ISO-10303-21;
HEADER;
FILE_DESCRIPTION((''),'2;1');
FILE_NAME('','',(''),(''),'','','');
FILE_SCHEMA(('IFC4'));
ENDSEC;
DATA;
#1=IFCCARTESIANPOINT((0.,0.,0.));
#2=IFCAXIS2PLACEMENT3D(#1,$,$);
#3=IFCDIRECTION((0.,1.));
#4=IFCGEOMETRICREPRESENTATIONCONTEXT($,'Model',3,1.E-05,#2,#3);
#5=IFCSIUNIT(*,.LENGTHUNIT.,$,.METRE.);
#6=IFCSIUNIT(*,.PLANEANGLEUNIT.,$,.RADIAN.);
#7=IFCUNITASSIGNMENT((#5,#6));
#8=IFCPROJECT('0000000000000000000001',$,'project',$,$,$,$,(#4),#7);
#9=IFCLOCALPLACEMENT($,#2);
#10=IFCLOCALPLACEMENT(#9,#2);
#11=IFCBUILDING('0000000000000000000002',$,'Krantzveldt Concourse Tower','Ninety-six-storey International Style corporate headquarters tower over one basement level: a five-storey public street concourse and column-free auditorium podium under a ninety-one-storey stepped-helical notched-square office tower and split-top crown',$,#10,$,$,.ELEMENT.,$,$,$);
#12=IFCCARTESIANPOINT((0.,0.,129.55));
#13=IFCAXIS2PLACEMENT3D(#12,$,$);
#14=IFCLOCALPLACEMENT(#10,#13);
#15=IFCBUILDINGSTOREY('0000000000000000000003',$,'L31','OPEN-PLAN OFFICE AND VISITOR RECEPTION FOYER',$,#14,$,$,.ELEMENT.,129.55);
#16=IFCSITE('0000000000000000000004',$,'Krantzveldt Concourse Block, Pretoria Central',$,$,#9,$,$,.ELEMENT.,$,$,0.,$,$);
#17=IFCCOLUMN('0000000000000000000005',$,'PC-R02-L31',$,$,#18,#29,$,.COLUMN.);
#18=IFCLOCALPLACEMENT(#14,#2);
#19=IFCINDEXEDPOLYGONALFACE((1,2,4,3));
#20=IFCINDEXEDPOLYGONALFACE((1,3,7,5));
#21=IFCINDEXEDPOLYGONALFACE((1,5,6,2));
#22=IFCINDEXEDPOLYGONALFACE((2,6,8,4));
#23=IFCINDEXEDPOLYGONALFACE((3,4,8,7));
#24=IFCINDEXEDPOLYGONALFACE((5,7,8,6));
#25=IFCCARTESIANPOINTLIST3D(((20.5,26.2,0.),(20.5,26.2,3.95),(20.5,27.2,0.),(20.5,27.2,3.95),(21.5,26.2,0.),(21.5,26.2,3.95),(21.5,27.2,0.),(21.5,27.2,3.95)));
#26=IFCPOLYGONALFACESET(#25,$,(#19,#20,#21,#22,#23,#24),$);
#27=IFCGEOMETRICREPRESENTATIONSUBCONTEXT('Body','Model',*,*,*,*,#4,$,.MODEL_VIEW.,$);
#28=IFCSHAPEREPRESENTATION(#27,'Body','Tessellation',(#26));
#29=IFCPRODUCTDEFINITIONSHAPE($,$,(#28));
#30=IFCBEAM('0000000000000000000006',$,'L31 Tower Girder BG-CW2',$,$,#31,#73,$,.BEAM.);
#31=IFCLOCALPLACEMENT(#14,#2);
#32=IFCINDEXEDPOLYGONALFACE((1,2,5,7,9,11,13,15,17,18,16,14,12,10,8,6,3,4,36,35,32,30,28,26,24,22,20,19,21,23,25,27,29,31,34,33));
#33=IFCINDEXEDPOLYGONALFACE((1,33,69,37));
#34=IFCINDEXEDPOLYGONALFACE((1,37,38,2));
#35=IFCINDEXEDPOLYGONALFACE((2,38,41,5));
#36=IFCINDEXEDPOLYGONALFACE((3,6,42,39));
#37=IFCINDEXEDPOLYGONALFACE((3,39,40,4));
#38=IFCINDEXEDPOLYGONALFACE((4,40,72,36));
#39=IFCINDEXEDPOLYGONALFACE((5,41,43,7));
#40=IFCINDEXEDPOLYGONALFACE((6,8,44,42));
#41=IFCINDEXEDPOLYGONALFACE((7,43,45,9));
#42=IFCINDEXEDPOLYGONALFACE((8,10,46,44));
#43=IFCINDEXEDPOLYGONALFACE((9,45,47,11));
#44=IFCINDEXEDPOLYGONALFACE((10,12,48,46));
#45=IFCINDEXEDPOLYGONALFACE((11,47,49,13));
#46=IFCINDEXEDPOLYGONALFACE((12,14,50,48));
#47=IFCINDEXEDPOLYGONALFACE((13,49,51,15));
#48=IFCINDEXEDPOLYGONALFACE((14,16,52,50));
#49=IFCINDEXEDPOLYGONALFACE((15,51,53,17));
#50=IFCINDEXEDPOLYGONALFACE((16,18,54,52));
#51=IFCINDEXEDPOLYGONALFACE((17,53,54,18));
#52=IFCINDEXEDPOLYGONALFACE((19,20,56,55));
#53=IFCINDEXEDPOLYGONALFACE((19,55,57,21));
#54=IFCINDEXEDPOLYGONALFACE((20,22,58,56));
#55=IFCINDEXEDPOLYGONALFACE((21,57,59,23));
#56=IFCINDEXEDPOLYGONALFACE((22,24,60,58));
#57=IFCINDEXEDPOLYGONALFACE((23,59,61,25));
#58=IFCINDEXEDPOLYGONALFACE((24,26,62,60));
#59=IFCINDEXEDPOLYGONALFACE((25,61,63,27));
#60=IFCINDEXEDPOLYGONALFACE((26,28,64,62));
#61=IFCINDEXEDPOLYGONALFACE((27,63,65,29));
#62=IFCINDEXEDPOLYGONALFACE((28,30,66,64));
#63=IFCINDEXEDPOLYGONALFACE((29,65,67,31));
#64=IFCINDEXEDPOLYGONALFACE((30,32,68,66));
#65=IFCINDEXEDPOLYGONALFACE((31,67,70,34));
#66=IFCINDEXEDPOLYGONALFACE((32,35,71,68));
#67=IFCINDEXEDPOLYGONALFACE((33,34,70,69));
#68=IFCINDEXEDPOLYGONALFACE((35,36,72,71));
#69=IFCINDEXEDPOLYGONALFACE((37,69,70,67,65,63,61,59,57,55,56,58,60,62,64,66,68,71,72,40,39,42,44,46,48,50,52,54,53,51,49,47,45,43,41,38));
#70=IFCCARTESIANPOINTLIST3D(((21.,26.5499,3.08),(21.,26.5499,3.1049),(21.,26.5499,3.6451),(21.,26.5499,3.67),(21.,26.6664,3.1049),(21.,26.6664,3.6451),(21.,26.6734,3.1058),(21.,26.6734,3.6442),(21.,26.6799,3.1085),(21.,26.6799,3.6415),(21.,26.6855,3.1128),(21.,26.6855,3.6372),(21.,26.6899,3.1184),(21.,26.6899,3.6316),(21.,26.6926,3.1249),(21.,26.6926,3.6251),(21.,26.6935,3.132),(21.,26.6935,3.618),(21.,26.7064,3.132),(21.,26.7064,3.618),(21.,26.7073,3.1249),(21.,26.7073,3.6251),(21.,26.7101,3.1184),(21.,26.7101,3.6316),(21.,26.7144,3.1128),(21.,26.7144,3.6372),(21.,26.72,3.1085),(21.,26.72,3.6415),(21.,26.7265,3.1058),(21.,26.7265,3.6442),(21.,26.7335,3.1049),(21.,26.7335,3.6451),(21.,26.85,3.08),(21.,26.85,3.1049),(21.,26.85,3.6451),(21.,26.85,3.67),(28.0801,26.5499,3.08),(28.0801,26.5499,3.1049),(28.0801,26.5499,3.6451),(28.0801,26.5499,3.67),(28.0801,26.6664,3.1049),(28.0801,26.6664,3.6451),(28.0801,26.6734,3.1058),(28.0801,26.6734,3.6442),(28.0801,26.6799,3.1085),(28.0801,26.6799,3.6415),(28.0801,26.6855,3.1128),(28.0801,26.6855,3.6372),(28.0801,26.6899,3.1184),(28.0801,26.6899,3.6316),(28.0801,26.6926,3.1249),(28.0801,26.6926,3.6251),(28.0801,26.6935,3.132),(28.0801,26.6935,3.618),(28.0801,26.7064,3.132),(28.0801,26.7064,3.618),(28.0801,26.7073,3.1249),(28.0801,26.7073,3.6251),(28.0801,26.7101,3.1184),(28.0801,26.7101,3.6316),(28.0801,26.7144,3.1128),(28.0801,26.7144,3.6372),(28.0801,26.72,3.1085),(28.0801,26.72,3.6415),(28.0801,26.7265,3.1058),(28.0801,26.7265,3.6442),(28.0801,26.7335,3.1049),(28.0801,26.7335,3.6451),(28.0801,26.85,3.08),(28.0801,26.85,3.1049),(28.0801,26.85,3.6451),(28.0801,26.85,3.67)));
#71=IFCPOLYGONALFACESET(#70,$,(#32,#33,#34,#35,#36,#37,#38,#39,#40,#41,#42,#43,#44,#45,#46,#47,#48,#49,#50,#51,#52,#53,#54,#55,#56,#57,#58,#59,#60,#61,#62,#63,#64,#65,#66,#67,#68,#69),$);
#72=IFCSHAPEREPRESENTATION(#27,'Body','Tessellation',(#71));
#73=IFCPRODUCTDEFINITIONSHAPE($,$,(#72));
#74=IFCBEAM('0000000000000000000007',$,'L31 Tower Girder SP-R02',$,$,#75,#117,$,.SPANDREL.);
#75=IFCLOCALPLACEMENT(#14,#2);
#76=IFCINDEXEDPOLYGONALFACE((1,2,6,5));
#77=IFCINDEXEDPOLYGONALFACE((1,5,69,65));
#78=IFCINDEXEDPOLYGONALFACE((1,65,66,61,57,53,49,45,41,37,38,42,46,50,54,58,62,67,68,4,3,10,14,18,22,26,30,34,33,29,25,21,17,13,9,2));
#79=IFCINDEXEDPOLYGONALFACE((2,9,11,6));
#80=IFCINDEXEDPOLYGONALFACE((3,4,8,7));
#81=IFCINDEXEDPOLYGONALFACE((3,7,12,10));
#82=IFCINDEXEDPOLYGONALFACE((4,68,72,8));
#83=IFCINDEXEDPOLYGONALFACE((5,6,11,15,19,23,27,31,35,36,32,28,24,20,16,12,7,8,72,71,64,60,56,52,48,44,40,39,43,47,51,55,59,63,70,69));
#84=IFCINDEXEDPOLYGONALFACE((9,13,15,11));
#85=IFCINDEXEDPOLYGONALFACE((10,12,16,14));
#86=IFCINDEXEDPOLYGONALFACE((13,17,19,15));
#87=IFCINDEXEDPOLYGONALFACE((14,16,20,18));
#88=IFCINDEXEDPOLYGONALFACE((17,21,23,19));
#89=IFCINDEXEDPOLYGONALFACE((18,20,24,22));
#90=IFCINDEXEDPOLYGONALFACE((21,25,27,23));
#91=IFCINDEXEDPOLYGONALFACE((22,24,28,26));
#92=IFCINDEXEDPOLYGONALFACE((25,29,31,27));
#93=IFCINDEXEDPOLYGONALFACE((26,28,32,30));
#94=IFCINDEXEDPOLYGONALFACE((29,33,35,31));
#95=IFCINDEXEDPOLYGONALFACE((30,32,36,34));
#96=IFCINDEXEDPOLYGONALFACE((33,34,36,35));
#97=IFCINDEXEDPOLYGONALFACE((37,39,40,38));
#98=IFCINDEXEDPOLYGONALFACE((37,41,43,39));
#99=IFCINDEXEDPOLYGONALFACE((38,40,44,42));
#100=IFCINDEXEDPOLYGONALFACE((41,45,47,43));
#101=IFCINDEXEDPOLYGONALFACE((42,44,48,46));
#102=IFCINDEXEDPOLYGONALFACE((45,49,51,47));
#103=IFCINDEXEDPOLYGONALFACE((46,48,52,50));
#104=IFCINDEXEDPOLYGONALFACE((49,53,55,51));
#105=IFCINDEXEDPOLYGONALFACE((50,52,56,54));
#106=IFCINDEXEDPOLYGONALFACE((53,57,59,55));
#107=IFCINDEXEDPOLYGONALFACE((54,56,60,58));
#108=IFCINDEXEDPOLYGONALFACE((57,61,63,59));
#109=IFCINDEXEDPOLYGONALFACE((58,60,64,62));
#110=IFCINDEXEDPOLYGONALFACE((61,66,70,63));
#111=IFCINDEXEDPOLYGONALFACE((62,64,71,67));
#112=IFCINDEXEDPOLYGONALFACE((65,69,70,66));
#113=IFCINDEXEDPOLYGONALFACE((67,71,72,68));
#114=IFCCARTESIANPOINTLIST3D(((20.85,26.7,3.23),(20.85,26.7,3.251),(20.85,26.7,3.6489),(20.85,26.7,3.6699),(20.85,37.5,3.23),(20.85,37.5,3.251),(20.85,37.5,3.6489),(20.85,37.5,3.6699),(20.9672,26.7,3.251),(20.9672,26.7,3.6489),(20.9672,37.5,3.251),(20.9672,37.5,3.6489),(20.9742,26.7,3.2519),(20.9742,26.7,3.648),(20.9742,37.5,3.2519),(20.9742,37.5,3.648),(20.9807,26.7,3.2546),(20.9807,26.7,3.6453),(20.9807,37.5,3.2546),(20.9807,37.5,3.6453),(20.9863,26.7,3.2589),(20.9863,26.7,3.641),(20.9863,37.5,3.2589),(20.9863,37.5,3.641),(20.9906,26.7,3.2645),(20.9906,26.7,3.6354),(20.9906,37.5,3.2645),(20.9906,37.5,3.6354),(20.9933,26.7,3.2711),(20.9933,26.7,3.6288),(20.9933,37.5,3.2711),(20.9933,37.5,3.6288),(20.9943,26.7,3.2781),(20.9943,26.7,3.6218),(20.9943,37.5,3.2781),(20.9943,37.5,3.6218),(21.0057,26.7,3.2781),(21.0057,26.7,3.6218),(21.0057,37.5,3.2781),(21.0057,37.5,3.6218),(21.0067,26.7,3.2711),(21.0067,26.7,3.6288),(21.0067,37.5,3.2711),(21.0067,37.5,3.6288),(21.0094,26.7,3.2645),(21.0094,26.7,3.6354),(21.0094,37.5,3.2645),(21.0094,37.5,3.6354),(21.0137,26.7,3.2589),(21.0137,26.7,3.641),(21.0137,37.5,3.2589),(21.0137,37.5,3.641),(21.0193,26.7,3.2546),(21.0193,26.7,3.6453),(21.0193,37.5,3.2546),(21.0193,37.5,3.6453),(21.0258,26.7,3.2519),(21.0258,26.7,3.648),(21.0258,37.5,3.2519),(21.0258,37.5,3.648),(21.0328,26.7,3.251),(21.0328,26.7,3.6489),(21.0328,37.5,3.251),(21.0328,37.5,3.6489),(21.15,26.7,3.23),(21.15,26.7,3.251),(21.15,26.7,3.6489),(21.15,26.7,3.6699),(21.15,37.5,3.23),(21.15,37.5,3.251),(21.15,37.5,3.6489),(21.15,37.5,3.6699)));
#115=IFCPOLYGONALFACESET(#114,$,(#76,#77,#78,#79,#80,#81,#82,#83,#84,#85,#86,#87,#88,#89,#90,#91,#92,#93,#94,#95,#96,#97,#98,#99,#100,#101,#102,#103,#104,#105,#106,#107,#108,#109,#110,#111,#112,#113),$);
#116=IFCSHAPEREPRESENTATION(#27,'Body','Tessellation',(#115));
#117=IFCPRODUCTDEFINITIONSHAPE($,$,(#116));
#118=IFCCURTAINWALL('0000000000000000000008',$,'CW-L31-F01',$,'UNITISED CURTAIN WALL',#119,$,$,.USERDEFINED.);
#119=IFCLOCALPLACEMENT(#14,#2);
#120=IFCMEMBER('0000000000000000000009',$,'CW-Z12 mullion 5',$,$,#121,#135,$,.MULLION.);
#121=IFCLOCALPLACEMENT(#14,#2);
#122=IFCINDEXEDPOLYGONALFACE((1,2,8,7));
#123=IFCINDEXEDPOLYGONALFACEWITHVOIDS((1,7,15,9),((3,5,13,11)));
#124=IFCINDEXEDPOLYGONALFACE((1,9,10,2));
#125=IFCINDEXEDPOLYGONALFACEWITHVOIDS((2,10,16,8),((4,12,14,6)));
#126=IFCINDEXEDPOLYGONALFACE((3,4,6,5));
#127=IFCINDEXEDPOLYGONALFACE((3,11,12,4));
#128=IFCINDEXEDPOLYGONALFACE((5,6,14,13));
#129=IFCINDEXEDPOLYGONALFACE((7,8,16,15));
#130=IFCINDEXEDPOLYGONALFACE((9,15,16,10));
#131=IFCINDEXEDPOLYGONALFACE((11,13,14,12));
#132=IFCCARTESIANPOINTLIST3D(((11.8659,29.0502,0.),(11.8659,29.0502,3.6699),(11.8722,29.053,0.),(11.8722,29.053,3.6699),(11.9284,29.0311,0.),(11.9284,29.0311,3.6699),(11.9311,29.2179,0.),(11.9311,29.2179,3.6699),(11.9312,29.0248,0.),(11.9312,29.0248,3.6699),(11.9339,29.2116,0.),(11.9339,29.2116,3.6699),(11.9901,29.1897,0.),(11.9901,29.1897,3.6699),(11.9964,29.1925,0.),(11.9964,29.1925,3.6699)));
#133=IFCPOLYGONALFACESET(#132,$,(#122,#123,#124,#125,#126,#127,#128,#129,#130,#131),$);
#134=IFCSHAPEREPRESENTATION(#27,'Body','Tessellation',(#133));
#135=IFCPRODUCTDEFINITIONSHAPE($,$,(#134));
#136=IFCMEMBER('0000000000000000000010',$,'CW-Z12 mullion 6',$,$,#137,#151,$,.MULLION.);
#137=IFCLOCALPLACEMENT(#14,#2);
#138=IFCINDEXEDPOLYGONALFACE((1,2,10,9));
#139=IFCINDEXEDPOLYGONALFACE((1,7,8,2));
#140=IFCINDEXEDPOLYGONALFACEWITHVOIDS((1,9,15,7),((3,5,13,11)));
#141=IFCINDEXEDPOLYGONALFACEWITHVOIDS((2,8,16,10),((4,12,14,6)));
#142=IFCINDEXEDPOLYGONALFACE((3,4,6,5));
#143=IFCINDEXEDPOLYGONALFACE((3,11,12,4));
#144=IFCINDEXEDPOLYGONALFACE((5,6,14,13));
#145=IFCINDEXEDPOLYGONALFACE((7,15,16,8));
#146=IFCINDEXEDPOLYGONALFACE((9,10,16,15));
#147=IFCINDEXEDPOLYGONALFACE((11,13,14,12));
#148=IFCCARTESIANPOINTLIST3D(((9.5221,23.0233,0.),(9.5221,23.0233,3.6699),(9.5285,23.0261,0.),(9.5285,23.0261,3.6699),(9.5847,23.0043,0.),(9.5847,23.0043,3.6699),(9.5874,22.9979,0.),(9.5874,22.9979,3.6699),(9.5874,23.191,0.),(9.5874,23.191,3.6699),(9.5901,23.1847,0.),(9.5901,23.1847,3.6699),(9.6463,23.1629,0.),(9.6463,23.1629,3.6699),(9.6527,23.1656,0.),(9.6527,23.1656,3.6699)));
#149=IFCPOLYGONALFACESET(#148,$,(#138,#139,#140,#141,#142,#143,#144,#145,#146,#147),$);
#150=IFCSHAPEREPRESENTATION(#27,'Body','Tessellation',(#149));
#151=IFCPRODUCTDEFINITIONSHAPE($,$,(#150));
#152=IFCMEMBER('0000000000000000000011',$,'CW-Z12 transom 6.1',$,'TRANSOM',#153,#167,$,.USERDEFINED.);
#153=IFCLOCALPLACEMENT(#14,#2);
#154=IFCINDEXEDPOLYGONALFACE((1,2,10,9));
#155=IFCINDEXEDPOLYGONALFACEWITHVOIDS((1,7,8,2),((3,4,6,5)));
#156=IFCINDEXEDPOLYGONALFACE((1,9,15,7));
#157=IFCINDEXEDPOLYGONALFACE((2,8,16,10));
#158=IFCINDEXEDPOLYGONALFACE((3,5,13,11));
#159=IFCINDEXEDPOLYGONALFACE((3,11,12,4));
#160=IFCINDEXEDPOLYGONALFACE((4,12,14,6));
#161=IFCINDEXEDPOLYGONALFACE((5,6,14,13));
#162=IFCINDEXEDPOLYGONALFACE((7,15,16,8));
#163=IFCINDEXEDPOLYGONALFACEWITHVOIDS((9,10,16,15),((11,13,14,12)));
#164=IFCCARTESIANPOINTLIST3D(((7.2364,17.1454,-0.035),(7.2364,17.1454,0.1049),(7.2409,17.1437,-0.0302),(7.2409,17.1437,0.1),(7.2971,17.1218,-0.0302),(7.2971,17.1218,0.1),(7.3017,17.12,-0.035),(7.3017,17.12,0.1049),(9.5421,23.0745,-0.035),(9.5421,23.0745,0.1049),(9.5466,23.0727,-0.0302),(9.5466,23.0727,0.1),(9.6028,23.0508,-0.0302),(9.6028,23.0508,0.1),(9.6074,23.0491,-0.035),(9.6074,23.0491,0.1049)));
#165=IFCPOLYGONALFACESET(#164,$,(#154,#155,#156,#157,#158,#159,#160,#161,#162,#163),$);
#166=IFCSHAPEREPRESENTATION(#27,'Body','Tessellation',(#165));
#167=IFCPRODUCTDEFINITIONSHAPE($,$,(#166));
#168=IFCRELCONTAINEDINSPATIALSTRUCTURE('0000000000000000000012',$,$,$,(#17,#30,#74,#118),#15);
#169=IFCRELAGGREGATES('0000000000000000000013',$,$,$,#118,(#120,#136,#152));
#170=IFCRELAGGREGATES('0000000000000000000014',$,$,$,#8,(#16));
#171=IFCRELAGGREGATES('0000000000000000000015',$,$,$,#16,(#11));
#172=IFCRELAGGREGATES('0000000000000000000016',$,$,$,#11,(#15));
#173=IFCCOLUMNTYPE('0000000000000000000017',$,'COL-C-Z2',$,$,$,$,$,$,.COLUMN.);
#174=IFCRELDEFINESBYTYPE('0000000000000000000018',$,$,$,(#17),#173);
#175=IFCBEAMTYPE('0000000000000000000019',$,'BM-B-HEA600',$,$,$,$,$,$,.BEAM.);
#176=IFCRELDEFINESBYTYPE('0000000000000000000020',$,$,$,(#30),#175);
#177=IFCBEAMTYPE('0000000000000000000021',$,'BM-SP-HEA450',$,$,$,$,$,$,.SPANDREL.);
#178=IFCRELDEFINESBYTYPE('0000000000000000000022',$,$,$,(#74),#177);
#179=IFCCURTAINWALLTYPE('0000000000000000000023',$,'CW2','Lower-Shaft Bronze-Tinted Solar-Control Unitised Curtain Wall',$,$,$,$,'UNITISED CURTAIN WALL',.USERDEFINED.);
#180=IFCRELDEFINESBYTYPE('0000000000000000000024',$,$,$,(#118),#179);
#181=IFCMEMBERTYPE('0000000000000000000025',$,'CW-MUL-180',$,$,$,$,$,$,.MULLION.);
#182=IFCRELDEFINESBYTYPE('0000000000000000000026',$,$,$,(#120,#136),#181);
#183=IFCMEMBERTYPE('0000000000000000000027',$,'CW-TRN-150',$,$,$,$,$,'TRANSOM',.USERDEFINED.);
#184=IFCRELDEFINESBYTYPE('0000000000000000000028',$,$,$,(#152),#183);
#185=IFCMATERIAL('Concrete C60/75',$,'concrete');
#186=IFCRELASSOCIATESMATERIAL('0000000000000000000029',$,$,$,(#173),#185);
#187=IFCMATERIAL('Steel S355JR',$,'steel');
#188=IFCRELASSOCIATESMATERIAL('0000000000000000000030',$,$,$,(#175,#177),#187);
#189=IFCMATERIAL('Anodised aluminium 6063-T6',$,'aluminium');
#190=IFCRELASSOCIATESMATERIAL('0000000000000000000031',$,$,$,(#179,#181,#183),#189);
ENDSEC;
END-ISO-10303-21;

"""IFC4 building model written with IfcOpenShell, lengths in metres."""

from ifc_helpers import new_model, si_unit, direction, frame, origin, origin_2d, place, context, subcontext, project, spatial, rectangle, hollow_rectangle, i_section, extrude, source, transform, mapped, material, material_profile, profile_set, type_object, type_shapes, element, aggregate, save


model = new_model("IFC4")

# Units and contexts
model_context = context("Model", 3, precision=1e-05, world=origin(), true_north=direction((0.0, 1.0)))
body_context = subcontext(model_context, "Body", "Model", "MODEL_VIEW")
ifc_project = project(units=[si_unit("LENGTHUNIT", "METRE"), si_unit("PLANEANGLEUNIT", "RADIAN")], contexts=[model_context])

# Site, building, storey
site_placement = place(None, origin())
site = spatial("IfcSite", under=ifc_project, at=site_placement, Name="Krantzveldt Concourse Block, Pretoria Central", CompositionType="ELEMENT", RefElevation=0.0)
building_placement = place(site_placement, origin())
building = spatial("IfcBuilding", under=site, at=building_placement, Name="Krantzveldt Concourse Tower", Description="Ninety-six-storey International Style corporate headquarters tower over one basement level: a five-storey public street concourse and column-free auditorium podium under a ninety-one-storey stepped-helical notched-square office tower and split-top crown", CompositionType="ELEMENT")
storey_placement = place(building_placement, frame((0.0, 0.0, 129.55)))
storey = spatial("IfcBuildingStorey", under=building, at=storey_placement, Name="L31", Description="OPEN-PLAN OFFICE AND VISITOR RECEPTION FOYER", CompositionType="ELEMENT", Elevation=129.55)

# Column
ifc_material_1 = material(Name="Concrete C60/75", Category="concrete")
ifc_material_profile_1 = material_profile(ifc_material_1, rectangle(XDim=1.0, YDim=1.0, at=origin_2d()), Name="Concrete C60/75", Category="concrete")
ifc_profile_set_1 = profile_set([ifc_material_profile_1], Name="Concrete C60/75 - RC 1000x1000")
column_type = type_object("IfcColumnType", Name="COL-C-Z2", PredefinedType="COLUMN", material=ifc_profile_set_1)
shared_shape_1 = source(origin(), body_context, "Body", "SweptSolid", [
    extrude(rectangle(XDim=1.0, YDim=1.0, at=origin_2d()), origin(), (0.0, 0.0, 1.0), 3.95),
])
type_shapes(column_type, [shared_shape_1])
column_placement = place(storey_placement, frame((21.0, 26.7, 0.0), z_axis=(0.0, 0.0, 1.0), x_axis=(1.0, 0.0, 0.0)))
element("IfcColumn", 1, at=column_placement, inside=storey, type_object=column_type, Name="PC-R02-L31", PredefinedType="COLUMN", context=body_context, shape_type="MappedRepresentation", body=[
    mapped(shared_shape_1, transform((0.0, 0.0, 0.0), x_axis=(1.0, 0.0, 0.0), y_axis=(0.0, 1.0, 0.0), z_axis=(0.0, 0.0, 1.0), scale=1.0)),
])

# Beams
ifc_material_2 = material(Name="Steel S355JR", Category="steel")
ifc_material_profile_2 = material_profile(ifc_material_2, i_section(OverallWidth=0.3, OverallDepth=0.5901, WebThickness=0.0129, FlangeThickness=0.0249, FilletRadius=0.0271, at=origin_2d()), Name="Steel S355JR", Category="steel")
ifc_profile_set_2 = profile_set([ifc_material_profile_2], Name="Steel S355JR - HEA 600")
beam_type_1 = type_object("IfcBeamType", Name="BM-B-HEA600", PredefinedType="BEAM", material=ifc_profile_set_2)
shared_shape_2 = source(origin(), body_context, "Body", "SweptSolid", [
    extrude(i_section(OverallWidth=0.3, OverallDepth=0.5901, WebThickness=0.0129, FlangeThickness=0.0249, FilletRadius=0.0271, at=origin_2d()), origin(), (0.0, 0.0, 1.0), 7.0801),
])
type_shapes(beam_type_1, [shared_shape_2])
beam_1_placement = place(storey_placement, frame((21.0, 26.7, 3.375), z_axis=(1.0, 0.0, 0.0), x_axis=(0.0, 1.0, 0.0)))
element("IfcBeam", 2, at=beam_1_placement, inside=storey, type_object=beam_type_1, Name="L31 Tower Girder BG-CW2", PredefinedType="BEAM", context=body_context, shape_type="MappedRepresentation", body=[
    mapped(shared_shape_2, transform((0.0, 0.0, 0.0), x_axis=(1.0, 0.0, 0.0), y_axis=(0.0, 1.0, 0.0), z_axis=(0.0, 0.0, 1.0), scale=1.0)),
])
ifc_material_profile_3 = material_profile(ifc_material_2, i_section(OverallWidth=0.3, OverallDepth=0.4399, WebThickness=0.0115, FlangeThickness=0.021, FilletRadius=0.0271, at=origin_2d()), Name="Steel S355JR", Category="steel")
ifc_profile_set_3 = profile_set([ifc_material_profile_3], Name="Steel S355JR - HEA 450")
beam_type_2 = type_object("IfcBeamType", Name="BM-SP-HEA450", PredefinedType="SPANDREL", material=ifc_profile_set_3)
shared_shape_3 = source(origin(), body_context, "Body", "SweptSolid", [
    extrude(i_section(OverallWidth=0.3, OverallDepth=0.4399, WebThickness=0.0115, FlangeThickness=0.021, FilletRadius=0.0271, at=origin_2d()), origin(), (0.0, 0.0, 1.0), 10.8),
])
type_shapes(beam_type_2, [shared_shape_3])
beam_2_placement = place(storey_placement, frame((21.0, 26.7, 3.45), z_axis=(0.0, 1.0, 0.0), x_axis=(-1.0, 0.0, 0.0)))
element("IfcBeam", 3, at=beam_2_placement, inside=storey, type_object=beam_type_2, Name="L31 Tower Girder SP-R02", PredefinedType="SPANDREL", context=body_context, shape_type="MappedRepresentation", body=[
    mapped(shared_shape_3, transform((0.0, 0.0, 0.0), x_axis=(1.0, 0.0, 0.0), y_axis=(0.0, 1.0, 0.0), z_axis=(0.0, 0.0, 1.0), scale=1.0)),
])

# Curtain wall, members
ifc_material_3 = material(Name="Anodised aluminium 6063-T6", Category="aluminium")
curtain_wall_type = type_object("IfcCurtainWallType", Name="CW2", Description="Lower-Shaft Bronze-Tinted Solar-Control Unitised Curtain Wall", ElementType="UNITISED CURTAIN WALL", PredefinedType="USERDEFINED", material=ifc_material_3)
curtain_wall_placement = place(storey_placement, origin())
curtain_wall = element("IfcCurtainWall", 4, at=curtain_wall_placement, inside=storey, type_object=curtain_wall_type, Name="CW-L31-F01", ObjectType="UNITISED CURTAIN WALL", PredefinedType="USERDEFINED")
ifc_material_profile_4 = material_profile(ifc_material_3, hollow_rectangle(XDim=0.0701, YDim=0.1799, WallThickness=0.0049, at=origin_2d()), Name="Anodised aluminium 6063-T6", Category="aluminium")
ifc_profile_set_4 = profile_set([ifc_material_profile_4], Name="Anodised aluminium 6063-T6 - ALU-MULL 180x70x5")
member_type_1 = type_object("IfcMemberType", Name="CW-MUL-180", PredefinedType="MULLION", material=ifc_profile_set_4)
shared_shape_4 = source(origin(), body_context, "Body", "SweptSolid", [
    extrude(hollow_rectangle(XDim=0.0701, YDim=0.1799, WallThickness=0.0049, at=origin_2d()), origin(), (0.0, 0.0, 1.0), 3.6699),
])
type_shapes(member_type_1, [shared_shape_4])
member_1_placement = place(storey_placement, frame((11.9312, 29.1213, 0.0), z_axis=(0.0, 0.0, 1.0), x_axis=(0.932008, -0.362438, 0.0)))
member_1 = element("IfcMember", 5, at=member_1_placement, type_object=member_type_1, Name="CW-Z12 mullion 5", PredefinedType="MULLION", context=body_context, shape_type="MappedRepresentation", body=[
    mapped(shared_shape_4, transform((0.0, 0.0, 0.0), x_axis=(1.0, 0.0, 0.0), y_axis=(0.0, 1.0, 0.0), z_axis=(0.0, 0.0, 1.0), scale=1.0)),
])
member_2_placement = place(storey_placement, frame((9.5874, 23.0945, 0.0), z_axis=(0.0, 0.0, 1.0), x_axis=(0.932008, -0.362438, 0.0)))
member_2 = element("IfcMember", 6, at=member_2_placement, type_object=member_type_1, Name="CW-Z12 mullion 6", PredefinedType="MULLION", context=body_context, shape_type="MappedRepresentation", body=[
    mapped(shared_shape_4, transform((0.0, 0.0, 0.0), x_axis=(1.0, 0.0, 0.0), y_axis=(0.0, 1.0, 0.0), z_axis=(0.0, 0.0, 1.0), scale=1.0)),
])
ifc_material_profile_5 = material_profile(ifc_material_3, hollow_rectangle(XDim=0.0701, YDim=0.1399, WallThickness=0.0049, at=origin_2d()), Name="Anodised aluminium 6063-T6", Category="aluminium")
ifc_profile_set_5 = profile_set([ifc_material_profile_5], Name="Anodised aluminium 6063-T6 - ALU-TRAN 140x70x5")
member_type_2 = type_object("IfcMemberType", Name="CW-TRN-150", ElementType="TRANSOM", PredefinedType="USERDEFINED", material=ifc_profile_set_5)
shared_shape_5 = source(origin(), body_context, "Body", "SweptSolid", [
    extrude(hollow_rectangle(XDim=0.0701, YDim=0.1399, WallThickness=0.0049, at=origin_2d()), origin(), (0.0, 0.0, 1.0), 6.3616),
])
member_3_placement = place(storey_placement, frame((9.5747, 23.0618, 0.0349), z_axis=(-0.362441, -0.932007, 0.0), x_axis=(0.932007, -0.362441, 0.0)))
member_3 = element("IfcMember", 7, at=member_3_placement, type_object=member_type_2, Name="CW-Z12 transom 6.1", ObjectType="TRANSOM", PredefinedType="USERDEFINED", context=body_context, shape_type="MappedRepresentation", body=[
    mapped(shared_shape_5, transform((0.0, 0.0, 0.0), x_axis=(1.0, 0.0, 0.0), y_axis=(0.0, 1.0, 0.0), z_axis=(0.0, 0.0, 1.0), scale=1.0)),
])
aggregate(curtain_wall, [member_1, member_2, member_3])

save(model, "model.ifc")
